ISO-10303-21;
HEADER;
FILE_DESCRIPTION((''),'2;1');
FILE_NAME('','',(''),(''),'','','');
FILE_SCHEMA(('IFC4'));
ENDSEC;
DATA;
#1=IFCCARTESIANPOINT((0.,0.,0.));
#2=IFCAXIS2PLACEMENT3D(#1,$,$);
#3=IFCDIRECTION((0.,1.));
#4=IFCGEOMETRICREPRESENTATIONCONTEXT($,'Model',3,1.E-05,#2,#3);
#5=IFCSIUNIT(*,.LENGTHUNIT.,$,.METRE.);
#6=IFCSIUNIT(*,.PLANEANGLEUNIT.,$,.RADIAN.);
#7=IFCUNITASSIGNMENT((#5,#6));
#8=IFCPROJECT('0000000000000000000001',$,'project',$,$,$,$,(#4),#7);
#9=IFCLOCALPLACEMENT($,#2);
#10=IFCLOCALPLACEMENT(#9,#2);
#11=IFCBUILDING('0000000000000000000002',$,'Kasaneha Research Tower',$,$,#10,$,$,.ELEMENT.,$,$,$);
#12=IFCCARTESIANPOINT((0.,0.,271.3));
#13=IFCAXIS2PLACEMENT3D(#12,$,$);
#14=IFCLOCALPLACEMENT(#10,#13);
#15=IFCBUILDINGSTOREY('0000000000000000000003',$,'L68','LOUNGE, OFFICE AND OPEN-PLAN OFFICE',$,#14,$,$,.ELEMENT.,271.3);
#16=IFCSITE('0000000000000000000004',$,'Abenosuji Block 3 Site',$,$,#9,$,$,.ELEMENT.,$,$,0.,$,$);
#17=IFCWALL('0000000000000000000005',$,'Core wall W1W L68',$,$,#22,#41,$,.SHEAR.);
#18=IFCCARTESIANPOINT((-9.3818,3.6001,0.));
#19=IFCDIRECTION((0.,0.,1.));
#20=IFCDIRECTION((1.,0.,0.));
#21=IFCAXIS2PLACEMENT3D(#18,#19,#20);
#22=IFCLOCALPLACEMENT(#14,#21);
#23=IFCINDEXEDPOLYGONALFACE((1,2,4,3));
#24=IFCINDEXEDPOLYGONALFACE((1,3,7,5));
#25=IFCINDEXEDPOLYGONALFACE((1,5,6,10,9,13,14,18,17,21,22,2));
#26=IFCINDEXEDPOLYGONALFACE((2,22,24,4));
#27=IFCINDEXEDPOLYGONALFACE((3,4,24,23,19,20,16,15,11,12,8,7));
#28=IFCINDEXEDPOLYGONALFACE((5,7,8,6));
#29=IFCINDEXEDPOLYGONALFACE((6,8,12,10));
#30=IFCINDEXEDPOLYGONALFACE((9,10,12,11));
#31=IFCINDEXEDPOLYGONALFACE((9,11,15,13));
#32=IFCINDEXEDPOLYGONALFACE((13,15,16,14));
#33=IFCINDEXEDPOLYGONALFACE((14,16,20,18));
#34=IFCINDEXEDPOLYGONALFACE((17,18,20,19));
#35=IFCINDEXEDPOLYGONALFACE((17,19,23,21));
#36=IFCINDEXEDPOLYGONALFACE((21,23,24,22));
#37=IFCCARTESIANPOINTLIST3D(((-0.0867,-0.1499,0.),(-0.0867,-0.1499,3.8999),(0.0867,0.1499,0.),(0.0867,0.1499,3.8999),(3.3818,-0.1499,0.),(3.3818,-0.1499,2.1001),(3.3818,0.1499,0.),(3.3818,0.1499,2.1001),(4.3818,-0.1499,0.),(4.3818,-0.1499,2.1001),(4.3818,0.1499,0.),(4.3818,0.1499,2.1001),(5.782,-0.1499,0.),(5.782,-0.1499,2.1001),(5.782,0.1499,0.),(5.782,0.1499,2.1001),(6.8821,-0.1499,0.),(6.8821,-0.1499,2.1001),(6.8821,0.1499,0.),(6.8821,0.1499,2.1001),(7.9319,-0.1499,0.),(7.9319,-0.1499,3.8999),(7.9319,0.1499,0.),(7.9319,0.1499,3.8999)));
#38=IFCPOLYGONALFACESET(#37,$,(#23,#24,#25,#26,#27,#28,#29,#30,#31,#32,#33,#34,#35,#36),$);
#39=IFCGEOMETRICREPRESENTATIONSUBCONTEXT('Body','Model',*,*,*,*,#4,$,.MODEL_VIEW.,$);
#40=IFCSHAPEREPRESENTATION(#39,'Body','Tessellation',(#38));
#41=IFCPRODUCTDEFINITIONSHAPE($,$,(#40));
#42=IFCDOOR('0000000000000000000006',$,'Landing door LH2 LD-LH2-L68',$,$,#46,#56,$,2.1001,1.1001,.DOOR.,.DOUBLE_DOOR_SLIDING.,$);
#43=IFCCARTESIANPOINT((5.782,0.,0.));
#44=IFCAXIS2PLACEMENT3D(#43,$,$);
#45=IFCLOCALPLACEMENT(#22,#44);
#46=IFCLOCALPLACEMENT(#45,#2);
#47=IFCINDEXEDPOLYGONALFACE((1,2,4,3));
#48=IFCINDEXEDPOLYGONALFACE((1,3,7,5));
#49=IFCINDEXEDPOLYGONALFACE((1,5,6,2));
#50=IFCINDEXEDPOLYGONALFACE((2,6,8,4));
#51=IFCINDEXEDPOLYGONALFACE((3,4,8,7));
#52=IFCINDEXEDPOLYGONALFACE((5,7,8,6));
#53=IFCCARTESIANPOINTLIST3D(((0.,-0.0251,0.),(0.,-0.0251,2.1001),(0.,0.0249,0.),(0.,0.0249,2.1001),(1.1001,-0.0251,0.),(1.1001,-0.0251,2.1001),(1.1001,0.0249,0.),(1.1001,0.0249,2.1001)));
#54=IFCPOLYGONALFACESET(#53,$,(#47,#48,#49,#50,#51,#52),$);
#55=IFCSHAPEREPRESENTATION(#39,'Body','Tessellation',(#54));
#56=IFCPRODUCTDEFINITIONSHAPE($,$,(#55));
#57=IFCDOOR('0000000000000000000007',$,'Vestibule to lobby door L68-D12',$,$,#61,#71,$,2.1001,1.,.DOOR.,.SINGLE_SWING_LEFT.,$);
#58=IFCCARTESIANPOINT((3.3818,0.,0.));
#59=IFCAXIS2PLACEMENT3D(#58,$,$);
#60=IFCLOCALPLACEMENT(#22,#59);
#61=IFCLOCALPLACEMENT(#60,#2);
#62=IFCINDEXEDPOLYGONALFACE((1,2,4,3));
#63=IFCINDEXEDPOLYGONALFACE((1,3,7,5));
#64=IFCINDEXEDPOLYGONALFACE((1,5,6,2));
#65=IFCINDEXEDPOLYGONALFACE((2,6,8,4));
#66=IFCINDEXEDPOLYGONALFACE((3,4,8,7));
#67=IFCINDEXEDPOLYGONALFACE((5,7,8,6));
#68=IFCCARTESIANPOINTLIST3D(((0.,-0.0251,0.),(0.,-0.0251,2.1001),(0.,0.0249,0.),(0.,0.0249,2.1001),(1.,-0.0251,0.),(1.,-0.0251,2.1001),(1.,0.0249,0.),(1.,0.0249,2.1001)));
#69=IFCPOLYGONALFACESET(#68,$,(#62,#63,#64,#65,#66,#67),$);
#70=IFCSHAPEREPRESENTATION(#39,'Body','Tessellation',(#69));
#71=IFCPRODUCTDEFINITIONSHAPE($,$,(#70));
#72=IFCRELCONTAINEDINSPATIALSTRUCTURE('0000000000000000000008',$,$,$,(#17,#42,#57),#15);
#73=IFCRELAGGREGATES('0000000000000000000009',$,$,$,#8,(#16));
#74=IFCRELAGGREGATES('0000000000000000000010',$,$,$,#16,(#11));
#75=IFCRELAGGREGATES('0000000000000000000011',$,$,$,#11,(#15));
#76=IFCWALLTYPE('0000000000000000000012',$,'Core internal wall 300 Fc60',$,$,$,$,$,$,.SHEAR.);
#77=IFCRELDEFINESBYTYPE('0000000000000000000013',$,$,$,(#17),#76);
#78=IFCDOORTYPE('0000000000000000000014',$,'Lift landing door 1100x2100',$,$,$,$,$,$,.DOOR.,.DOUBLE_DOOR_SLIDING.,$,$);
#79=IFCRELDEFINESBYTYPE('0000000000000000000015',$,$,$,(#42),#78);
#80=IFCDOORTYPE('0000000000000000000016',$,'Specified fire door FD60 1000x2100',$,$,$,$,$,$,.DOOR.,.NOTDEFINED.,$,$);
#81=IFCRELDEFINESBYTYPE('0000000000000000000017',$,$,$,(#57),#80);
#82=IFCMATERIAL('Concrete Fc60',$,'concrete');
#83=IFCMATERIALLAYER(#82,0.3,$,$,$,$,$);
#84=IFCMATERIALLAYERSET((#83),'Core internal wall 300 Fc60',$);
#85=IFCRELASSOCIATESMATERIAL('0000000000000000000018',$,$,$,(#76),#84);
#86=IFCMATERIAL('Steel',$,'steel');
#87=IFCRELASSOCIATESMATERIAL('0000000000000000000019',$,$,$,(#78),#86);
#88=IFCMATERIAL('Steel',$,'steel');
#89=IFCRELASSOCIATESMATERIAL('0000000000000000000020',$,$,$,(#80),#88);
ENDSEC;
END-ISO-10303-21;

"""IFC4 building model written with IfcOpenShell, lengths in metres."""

from ifc_helpers import new_model, si_unit, direction, frame, frame_2d, origin, place, context, subcontext, project, spatial, polyline, rectangle, outline, extrude, material, layer, layer_set, type_object, element, fill, save


model = new_model("IFC4")

# Units and contexts
model_context = context("Model", 3, precision=1e-05, world=origin(), true_north=direction((0.0, 1.0)))
body_context = subcontext(model_context, "Body", "Model", "MODEL_VIEW")
ifc_project = project(units=[si_unit("LENGTHUNIT", "METRE"), si_unit("PLANEANGLEUNIT", "RADIAN")], contexts=[model_context])

# Site, building, storey
site_placement = place(None, origin())
site = spatial("IfcSite", under=ifc_project, at=site_placement, Name="Abenosuji Block 3 Site", CompositionType="ELEMENT", RefElevation=0.0)
building_placement = place(site_placement, origin())
building = spatial("IfcBuilding", under=site, at=building_placement, Name="Kasaneha Research Tower", CompositionType="ELEMENT")
storey_placement = place(building_placement, frame((0.0, 0.0, 271.3)))
storey = spatial("IfcBuildingStorey", under=building, at=storey_placement, Name="L68", Description="LOUNGE, OFFICE AND OPEN-PLAN OFFICE", CompositionType="ELEMENT", Elevation=271.3)

# Wall, openings, doors
ifc_material_1 = material(Name="Concrete Fc60", Category="concrete")
ifc_layer_1 = layer(ifc_material_1, 0.3)
ifc_layer_set_1 = layer_set([ifc_layer_1], Name="Core internal wall 300 Fc60")
wall_type_1 = type_object("IfcWallType", Name="Core internal wall 300 Fc60", PredefinedType="SHEAR", material=ifc_layer_set_1)
wall_1_placement = place(storey_placement, frame((-9.3818, 3.6001, 0.0), z_axis=(0.0, 0.0, 1.0), x_axis=(1.0, 0.0, 0.0)))
wall_1 = element("IfcWall", 1, at=wall_1_placement, inside=storey, type_object=wall_type_1, Name="Core wall W1W L68", PredefinedType="SHEAR", context=body_context, shape_type="SweptSolid", body=[
    extrude(outline(polyline([(-0.0867, -0.1499), (3.3818, -0.1499), (4.3818, -0.1499), (5.782, -0.1499), (6.8821, -0.1499), (7.9319, -0.1499), (7.9319, 0.1499), (6.8821, 0.1499), (5.782, 0.1499), (4.3818, 0.1499), (3.3818, 0.1499), (0.0867, 0.1499), (-0.0867, -0.1499)])), origin(), (0.0, 0.0, 1.0), 3.8999),
])
opening_1_placement = place(wall_1_placement, frame((3.3818, 0.0, 0.0)))
opening_1 = element("IfcOpeningElement", 2, at=opening_1_placement, cuts=wall_1, PredefinedType="OPENING", context=body_context, shape_type="SweptSolid", body=[
    extrude(rectangle(XDim=1.0, YDim=2.1001, at=frame_2d((0.5, 1.05))), frame((0.0, 0.1602, 0.0), z_axis=(0.0, -1.0, 0.0), x_axis=(1.0, 0.0, 0.0)), (0.0, 0.0, 1.0), 0.3201),
])
opening_2_placement = place(wall_1_placement, frame((5.782, 0.0, 0.0)))
opening_2 = element("IfcOpeningElement", 3, at=opening_2_placement, cuts=wall_1, PredefinedType="OPENING", context=body_context, shape_type="SweptSolid", body=[
    extrude(rectangle(XDim=1.1001, YDim=2.1001, at=frame_2d((0.55, 1.05))), frame((0.0, 0.1602, 0.0), z_axis=(0.0, -1.0, 0.0), x_axis=(1.0, 0.0, 0.0)), (0.0, 0.0, 1.0), 0.3201),
])
ifc_material_2 = material(Name="Steel", Category="steel")
door_type_1 = type_object("IfcDoorType", Name="Lift landing door 1100x2100", OperationType="DOUBLE_DOOR_SLIDING", PredefinedType="DOOR", material=ifc_material_2)
door_1_placement = place(opening_2_placement, origin())
door_1 = element("IfcDoor", 4, at=door_1_placement, inside=storey, type_object=door_type_1, Name="Landing door LH2 LD-LH2-L68", OperationType="DOUBLE_DOOR_SLIDING", OverallHeight=2.1001, OverallWidth=1.1001, PredefinedType="DOOR", context=body_context, shape_type="SweptSolid", body=[
    extrude(rectangle(XDim=1.1001, YDim=2.1001, at=frame_2d((0.55, 1.05))), frame((0.0, 0.0249, 0.0), z_axis=(0.0, -1.0, 0.0), x_axis=(1.0, 0.0, 0.0)), (0.0, 0.0, 1.0), 0.05),
])
fill(opening_2, door_1)
ifc_material_3 = material(Name="Steel", Category="steel")
door_type_2 = type_object("IfcDoorType", Name="Specified fire door FD60 1000x2100", OperationType="NOTDEFINED", PredefinedType="DOOR", material=ifc_material_3)
door_2_placement = place(opening_1_placement, origin())
door_2 = element("IfcDoor", 5, at=door_2_placement, inside=storey, type_object=door_type_2, Name="Vestibule to lobby door L68-D12", OperationType="SINGLE_SWING_LEFT", OverallHeight=2.1001, OverallWidth=1.0, PredefinedType="DOOR", context=body_context, shape_type="SweptSolid", body=[
    extrude(rectangle(XDim=1.0, YDim=2.1001, at=frame_2d((0.5, 1.05))), frame((0.0, 0.0249, 0.0), z_axis=(0.0, -1.0, 0.0), x_axis=(1.0, 0.0, 0.0)), (0.0, 0.0, 1.0), 0.05),
])
fill(opening_1, door_2)

save(model, "model.ifc")
